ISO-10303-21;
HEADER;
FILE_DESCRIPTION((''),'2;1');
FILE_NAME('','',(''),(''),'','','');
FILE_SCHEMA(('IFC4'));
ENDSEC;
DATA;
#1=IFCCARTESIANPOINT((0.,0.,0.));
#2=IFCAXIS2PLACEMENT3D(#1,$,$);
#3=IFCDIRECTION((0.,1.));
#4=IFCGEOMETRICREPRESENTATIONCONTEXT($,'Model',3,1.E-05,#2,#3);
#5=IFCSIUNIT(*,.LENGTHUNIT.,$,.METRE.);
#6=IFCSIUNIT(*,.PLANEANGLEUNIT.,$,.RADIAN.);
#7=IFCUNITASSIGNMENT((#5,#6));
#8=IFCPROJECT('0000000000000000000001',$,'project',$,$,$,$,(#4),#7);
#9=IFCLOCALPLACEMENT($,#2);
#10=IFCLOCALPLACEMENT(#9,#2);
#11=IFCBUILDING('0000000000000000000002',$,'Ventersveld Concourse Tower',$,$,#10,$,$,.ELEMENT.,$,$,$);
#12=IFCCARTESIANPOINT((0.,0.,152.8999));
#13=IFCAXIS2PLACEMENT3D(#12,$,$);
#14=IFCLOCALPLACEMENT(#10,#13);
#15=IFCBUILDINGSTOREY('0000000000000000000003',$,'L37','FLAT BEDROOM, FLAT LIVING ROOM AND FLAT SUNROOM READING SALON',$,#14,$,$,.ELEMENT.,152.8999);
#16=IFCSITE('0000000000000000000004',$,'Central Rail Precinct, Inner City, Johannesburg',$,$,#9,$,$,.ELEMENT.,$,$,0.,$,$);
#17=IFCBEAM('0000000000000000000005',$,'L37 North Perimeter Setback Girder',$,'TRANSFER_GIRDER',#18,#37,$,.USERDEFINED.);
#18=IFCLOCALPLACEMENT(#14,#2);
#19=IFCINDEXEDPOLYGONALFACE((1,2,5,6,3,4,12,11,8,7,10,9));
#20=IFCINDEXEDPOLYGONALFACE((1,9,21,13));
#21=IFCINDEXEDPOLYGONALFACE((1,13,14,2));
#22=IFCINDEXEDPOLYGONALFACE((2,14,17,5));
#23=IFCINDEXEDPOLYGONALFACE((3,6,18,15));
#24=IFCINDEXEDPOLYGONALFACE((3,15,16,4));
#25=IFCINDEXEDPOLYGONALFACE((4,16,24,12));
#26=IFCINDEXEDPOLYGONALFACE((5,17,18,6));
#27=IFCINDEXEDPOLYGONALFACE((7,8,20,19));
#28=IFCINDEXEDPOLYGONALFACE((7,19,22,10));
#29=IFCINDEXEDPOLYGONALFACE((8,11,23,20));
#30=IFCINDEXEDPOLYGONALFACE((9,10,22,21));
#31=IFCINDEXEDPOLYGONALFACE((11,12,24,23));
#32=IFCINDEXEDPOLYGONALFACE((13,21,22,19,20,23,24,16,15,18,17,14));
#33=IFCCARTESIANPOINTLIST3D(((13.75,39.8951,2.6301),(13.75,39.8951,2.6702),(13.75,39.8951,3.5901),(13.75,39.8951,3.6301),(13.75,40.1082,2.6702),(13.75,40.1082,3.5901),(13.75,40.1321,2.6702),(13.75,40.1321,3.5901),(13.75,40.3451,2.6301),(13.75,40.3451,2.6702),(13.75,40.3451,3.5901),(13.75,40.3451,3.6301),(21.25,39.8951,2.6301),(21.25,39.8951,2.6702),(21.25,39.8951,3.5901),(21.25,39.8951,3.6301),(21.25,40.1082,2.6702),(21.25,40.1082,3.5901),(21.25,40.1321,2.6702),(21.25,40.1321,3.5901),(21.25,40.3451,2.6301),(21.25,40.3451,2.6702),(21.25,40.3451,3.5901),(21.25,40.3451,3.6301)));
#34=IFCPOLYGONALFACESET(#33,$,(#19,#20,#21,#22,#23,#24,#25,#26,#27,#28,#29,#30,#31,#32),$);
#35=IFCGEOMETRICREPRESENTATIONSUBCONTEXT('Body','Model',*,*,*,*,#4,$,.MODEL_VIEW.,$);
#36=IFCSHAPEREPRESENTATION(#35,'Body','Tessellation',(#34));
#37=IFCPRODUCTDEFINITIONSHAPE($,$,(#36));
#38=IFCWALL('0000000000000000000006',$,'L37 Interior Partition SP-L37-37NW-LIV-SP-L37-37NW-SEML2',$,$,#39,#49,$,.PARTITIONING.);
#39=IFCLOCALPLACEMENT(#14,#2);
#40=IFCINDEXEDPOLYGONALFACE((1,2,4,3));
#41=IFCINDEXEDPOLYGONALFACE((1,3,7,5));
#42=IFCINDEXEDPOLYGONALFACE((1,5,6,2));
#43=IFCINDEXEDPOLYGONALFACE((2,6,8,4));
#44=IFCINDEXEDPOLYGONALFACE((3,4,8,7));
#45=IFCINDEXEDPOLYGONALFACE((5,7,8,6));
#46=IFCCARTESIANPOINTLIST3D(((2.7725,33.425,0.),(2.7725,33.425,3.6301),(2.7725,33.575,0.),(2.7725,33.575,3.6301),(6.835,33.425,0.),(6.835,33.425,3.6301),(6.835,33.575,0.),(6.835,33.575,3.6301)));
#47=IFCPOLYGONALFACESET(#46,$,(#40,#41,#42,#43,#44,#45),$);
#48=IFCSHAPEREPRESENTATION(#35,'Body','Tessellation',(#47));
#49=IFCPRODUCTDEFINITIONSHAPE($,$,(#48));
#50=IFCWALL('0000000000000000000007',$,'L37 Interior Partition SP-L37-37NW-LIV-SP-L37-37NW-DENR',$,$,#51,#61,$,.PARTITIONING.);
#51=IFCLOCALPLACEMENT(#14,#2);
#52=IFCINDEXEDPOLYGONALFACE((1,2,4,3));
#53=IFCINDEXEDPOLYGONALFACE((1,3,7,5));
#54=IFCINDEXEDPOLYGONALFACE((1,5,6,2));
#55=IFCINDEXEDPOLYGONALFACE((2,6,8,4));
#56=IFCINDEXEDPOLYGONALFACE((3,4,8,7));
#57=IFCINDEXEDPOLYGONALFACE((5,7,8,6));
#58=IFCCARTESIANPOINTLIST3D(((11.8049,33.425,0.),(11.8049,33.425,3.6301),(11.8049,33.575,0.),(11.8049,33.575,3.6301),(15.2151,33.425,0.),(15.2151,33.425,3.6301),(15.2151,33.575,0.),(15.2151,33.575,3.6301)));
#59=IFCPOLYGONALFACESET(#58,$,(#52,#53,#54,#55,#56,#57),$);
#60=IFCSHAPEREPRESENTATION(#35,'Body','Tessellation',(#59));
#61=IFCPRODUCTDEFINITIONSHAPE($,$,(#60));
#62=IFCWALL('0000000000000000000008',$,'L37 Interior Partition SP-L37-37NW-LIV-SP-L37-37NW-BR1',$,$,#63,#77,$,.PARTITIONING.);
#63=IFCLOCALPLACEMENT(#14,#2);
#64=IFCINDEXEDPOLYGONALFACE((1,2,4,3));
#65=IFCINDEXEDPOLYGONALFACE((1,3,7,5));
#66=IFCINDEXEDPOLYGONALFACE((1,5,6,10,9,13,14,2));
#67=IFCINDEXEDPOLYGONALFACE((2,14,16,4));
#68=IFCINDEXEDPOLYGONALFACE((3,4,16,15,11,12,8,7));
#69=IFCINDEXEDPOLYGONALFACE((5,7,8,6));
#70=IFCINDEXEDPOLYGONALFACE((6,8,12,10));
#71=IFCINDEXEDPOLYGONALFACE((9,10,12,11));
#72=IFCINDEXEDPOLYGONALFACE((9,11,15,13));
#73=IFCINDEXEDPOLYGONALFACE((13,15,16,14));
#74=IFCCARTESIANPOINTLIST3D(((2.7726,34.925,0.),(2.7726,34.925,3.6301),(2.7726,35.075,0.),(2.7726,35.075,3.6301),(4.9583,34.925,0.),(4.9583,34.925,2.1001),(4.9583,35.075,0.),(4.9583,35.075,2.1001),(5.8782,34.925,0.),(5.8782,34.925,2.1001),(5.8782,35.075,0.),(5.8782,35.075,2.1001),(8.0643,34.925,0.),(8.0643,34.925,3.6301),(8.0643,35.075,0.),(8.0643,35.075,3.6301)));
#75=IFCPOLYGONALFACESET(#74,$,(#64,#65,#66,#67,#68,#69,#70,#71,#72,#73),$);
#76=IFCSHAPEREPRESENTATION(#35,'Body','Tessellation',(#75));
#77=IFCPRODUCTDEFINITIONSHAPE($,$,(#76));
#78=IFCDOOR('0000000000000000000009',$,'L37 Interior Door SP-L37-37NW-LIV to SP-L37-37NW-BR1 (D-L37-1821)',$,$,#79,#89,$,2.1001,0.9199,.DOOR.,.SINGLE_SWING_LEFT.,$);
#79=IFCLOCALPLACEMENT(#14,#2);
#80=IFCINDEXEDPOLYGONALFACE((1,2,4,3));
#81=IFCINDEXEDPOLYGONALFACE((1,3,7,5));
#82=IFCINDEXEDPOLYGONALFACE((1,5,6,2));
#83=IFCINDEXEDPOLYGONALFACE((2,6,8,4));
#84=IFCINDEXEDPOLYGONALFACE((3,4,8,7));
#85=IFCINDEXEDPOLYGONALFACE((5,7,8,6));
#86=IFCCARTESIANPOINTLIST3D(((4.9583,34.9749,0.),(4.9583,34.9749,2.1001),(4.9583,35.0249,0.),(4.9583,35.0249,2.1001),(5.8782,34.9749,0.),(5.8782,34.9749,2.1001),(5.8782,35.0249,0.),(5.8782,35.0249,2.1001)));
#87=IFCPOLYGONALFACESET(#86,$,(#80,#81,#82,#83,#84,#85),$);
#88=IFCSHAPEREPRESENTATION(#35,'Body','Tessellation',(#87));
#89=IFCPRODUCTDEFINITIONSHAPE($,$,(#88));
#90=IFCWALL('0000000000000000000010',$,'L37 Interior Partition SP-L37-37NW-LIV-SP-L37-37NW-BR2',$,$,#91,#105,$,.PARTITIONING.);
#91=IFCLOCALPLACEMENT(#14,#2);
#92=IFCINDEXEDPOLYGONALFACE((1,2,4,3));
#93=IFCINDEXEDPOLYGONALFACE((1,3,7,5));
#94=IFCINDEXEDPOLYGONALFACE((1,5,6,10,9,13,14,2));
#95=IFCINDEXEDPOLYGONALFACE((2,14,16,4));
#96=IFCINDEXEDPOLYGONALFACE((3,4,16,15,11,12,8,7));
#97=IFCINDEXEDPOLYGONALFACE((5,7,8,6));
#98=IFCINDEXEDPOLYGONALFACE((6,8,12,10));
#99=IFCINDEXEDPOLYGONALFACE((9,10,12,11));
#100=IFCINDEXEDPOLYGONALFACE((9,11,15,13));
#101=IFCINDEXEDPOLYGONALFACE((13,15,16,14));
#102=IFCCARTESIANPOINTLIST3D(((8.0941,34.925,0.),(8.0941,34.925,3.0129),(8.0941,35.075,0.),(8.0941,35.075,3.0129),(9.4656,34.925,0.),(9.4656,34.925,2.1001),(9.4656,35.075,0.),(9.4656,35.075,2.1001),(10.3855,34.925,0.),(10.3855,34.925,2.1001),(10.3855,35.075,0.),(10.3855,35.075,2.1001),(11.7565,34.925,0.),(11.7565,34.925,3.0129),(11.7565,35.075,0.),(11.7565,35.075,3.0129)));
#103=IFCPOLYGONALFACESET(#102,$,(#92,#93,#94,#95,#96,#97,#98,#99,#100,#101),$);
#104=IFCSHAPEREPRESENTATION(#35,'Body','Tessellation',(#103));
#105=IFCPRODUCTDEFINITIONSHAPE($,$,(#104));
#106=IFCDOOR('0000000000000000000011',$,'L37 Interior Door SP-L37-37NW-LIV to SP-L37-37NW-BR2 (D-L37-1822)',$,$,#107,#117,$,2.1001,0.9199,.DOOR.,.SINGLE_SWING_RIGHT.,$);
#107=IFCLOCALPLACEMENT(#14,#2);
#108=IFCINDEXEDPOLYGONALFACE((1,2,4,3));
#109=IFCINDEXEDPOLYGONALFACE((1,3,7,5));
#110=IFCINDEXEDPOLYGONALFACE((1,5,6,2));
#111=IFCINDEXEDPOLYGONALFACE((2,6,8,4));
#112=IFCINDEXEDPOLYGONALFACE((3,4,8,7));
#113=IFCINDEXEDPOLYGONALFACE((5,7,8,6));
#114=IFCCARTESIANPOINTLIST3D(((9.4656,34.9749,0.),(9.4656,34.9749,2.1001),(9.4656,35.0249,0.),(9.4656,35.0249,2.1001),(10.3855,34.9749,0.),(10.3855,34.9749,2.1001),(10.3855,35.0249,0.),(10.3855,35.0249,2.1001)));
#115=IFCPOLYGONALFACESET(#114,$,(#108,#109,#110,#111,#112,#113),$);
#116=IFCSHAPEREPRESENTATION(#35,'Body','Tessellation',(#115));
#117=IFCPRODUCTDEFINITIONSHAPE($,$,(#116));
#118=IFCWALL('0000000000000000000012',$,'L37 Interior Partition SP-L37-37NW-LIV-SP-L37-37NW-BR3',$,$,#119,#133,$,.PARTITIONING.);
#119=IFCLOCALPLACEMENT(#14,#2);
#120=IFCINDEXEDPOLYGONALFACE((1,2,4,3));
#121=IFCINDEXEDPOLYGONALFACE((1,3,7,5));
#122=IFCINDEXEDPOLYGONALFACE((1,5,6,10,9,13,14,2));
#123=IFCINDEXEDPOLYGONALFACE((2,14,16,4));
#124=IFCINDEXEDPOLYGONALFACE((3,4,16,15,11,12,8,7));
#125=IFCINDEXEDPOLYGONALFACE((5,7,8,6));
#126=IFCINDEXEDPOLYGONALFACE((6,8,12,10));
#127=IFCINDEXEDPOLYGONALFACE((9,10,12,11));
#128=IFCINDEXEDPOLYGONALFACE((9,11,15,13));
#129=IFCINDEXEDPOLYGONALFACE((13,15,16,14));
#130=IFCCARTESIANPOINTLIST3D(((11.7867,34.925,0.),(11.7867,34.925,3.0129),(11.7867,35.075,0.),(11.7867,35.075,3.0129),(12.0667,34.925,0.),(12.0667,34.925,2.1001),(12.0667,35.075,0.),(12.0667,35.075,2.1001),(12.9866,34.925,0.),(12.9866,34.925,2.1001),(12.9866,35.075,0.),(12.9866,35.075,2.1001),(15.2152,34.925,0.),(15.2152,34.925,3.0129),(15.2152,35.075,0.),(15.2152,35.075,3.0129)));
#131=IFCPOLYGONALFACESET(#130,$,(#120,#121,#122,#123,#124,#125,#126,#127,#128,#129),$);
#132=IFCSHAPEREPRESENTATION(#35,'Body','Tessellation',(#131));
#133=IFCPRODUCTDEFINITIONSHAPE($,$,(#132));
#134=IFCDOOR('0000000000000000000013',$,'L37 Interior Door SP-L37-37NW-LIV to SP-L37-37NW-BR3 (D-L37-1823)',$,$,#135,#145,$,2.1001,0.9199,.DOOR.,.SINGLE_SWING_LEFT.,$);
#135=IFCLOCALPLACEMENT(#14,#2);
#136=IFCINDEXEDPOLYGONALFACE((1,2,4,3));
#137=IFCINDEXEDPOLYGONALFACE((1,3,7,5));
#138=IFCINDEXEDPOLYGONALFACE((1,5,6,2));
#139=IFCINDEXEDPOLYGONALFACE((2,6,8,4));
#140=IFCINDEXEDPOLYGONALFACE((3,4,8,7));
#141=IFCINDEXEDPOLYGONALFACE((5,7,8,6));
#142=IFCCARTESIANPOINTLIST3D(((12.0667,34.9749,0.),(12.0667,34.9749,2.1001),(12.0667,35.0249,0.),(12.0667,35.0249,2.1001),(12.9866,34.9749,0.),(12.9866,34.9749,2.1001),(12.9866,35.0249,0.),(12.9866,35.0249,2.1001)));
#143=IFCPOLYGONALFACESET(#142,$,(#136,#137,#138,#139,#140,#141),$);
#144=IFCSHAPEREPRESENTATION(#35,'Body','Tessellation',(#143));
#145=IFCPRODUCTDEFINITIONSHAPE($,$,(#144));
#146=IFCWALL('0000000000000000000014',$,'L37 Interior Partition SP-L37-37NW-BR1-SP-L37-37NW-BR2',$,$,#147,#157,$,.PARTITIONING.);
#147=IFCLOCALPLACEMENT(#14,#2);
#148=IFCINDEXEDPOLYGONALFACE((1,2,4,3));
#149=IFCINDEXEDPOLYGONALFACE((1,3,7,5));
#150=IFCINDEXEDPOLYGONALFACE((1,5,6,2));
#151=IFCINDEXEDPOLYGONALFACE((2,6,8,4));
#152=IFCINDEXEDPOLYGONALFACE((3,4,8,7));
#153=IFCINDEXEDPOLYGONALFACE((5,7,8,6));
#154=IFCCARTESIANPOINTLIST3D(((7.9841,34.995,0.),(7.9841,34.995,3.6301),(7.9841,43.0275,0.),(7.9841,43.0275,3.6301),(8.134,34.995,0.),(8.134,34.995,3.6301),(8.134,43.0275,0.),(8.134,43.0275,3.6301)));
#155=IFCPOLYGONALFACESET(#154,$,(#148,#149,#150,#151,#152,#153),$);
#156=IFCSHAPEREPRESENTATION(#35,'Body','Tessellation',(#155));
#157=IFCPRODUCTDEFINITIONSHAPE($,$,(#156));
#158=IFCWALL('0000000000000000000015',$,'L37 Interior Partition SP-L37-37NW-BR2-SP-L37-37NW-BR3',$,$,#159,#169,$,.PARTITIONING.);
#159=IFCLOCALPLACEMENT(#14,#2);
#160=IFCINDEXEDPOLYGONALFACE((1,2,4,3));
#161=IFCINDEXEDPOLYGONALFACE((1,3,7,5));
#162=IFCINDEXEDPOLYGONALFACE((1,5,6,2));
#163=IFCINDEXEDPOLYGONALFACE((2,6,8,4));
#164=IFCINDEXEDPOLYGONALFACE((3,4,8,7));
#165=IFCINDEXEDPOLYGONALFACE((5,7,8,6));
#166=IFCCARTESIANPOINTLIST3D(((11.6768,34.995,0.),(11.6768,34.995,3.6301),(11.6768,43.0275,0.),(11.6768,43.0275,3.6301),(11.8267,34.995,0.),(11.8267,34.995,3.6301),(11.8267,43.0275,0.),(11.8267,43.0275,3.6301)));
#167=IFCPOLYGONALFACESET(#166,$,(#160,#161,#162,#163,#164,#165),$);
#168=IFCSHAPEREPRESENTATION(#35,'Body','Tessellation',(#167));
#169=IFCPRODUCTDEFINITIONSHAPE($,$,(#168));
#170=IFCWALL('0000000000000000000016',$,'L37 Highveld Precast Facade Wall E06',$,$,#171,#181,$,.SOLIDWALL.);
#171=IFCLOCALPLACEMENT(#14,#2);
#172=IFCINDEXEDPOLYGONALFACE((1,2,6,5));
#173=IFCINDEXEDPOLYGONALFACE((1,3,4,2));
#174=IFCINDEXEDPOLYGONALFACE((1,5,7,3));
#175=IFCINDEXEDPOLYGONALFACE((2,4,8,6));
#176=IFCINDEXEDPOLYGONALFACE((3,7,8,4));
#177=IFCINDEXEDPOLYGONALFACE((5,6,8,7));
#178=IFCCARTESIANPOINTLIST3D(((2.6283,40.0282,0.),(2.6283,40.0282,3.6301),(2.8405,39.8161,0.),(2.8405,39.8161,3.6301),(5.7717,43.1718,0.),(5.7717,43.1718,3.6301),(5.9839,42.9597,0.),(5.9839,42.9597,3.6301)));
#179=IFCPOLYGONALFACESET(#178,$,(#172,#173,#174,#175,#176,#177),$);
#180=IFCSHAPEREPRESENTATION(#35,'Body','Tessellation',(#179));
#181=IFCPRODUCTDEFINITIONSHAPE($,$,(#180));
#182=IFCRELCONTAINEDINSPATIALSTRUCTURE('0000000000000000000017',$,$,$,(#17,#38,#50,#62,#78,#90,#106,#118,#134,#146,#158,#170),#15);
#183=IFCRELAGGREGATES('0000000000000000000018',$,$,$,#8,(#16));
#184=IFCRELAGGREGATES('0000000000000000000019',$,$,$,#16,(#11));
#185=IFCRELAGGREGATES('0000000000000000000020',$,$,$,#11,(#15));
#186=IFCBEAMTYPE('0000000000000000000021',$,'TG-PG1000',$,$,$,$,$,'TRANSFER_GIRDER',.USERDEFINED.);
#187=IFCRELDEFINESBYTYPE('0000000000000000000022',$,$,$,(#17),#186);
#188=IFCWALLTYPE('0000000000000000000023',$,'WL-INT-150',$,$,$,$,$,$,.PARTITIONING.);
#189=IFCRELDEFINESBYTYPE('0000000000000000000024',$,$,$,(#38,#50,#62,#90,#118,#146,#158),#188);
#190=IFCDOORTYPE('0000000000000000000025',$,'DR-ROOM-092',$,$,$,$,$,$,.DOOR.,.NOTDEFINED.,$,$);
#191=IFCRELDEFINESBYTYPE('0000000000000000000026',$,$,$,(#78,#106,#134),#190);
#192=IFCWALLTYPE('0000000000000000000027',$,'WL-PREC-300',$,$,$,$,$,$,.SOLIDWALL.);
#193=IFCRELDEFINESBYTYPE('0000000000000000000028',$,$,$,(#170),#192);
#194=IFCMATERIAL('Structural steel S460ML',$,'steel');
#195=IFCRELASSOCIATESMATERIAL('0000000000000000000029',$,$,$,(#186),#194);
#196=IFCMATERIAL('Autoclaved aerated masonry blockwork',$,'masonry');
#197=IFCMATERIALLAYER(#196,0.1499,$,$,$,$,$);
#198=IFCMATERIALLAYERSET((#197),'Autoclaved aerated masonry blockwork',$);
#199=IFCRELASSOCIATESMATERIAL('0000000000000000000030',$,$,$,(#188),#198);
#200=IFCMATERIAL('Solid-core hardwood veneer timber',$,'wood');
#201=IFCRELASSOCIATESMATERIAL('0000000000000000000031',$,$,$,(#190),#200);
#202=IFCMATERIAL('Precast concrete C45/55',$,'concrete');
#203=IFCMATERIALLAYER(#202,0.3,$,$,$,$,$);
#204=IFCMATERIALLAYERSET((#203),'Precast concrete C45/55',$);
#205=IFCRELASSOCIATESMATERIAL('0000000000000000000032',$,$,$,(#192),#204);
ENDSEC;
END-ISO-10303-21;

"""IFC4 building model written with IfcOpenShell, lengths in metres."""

from ifc_helpers import new_model, si_unit, direction, frame, frame_2d, origin, origin_2d, place, context, subcontext, project, spatial, rectangle, i_section, extrude, material, layer, layer_set, material_profile, profile_set, type_object, element, fill, save


model = new_model("IFC4")

# Units and contexts
model_context = context("Model", 3, precision=1e-05, world=origin(), true_north=direction((0.0, 1.0)))
body_context = subcontext(model_context, "Body", "Model", "MODEL_VIEW")
ifc_project = project(units=[si_unit("LENGTHUNIT", "METRE"), si_unit("PLANEANGLEUNIT", "RADIAN")], contexts=[model_context])

# Site, building, storey
site_placement = place(None, origin())
site = spatial("IfcSite", under=ifc_project, at=site_placement, Name="Central Rail Precinct, Inner City, Johannesburg", CompositionType="ELEMENT", RefElevation=0.0)
building_placement = place(site_placement, origin())
building = spatial("IfcBuilding", under=site, at=building_placement, Name="Ventersveld Concourse Tower", CompositionType="ELEMENT")
storey_placement = place(building_placement, frame((0.0, 0.0, 152.8999)))
storey = spatial("IfcBuildingStorey", under=building, at=storey_placement, Name="L37", Description="FLAT BEDROOM, FLAT LIVING ROOM AND FLAT SUNROOM READING SALON", CompositionType="ELEMENT", Elevation=152.8999)

# Shared definitions
ifc_material_1 = material(Name="Structural steel S460ML", Category="steel")

# Beam
ifc_material_profile_1 = material_profile(ifc_material_1, i_section(OverallWidth=0.45, OverallDepth=1.0, WebThickness=0.0239, FlangeThickness=0.04, at=origin_2d()), Name="PG 1000x450x40")
ifc_profile_set_1 = profile_set([ifc_material_profile_1], Name="Structural steel S460ML")
beam_type_1 = type_object("IfcBeamType", Name="TG-PG1000", ElementType="TRANSFER_GIRDER", PredefinedType="USERDEFINED", material=ifc_profile_set_1)
beam_1_placement = place(storey_placement, frame((13.75, 40.1201, 3.1301), z_axis=(1.0, 0.0, 0.0), x_axis=(0.0, 1.0, 0.0)))
element("IfcBeam", 1, at=beam_1_placement, inside=storey, type_object=beam_type_1, Name="L37 North Perimeter Setback Girder", ObjectType="TRANSFER_GIRDER", PredefinedType="USERDEFINED", context=body_context, shape_type="SweptSolid", body=[
    extrude(i_section(OverallWidth=0.45, OverallDepth=1.0, WebThickness=0.0239, FlangeThickness=0.04, at=origin_2d()), origin(), (0.0, 0.0, 1.0), 7.5),
])

# Walls
ifc_material_2 = material(Name="Autoclaved aerated masonry blockwork", Category="masonry")
ifc_layer_1 = layer(ifc_material_2, 0.1499)
ifc_layer_set_1 = layer_set([ifc_layer_1], Name="Autoclaved aerated masonry blockwork")
wall_type_1 = type_object("IfcWallType", Name="WL-INT-150", PredefinedType="PARTITIONING", material=ifc_layer_set_1)
wall_1_placement = place(storey_placement, frame((2.7725, 33.5, 0.0), z_axis=(0.0, 0.0, 1.0), x_axis=(1.0, 0.0, 0.0)))
element("IfcWall", 2, at=wall_1_placement, inside=storey, type_object=wall_type_1, Name="L37 Interior Partition SP-L37-37NW-LIV-SP-L37-37NW-SEML2", PredefinedType="PARTITIONING", context=body_context, shape_type="SweptSolid", body=[
    extrude(rectangle(XDim=4.0625, YDim=0.1499, at=frame_2d((2.0312, 0.0))), origin(), (0.0, 0.0, 1.0), 3.6301),
])
wall_2_placement = place(storey_placement, frame((11.8049, 33.5, 0.0), z_axis=(0.0, 0.0, 1.0), x_axis=(1.0, 0.0, 0.0)))
element("IfcWall", 3, at=wall_2_placement, inside=storey, type_object=wall_type_1, Name="L37 Interior Partition SP-L37-37NW-LIV-SP-L37-37NW-DENR", PredefinedType="PARTITIONING", context=body_context, shape_type="SweptSolid", body=[
    extrude(rectangle(XDim=3.4102, YDim=0.1499, at=frame_2d((1.7051, 0.0))), origin(), (0.0, 0.0, 1.0), 3.6301),
])

# Walls, openings, doors
wall_3_placement = place(storey_placement, frame((2.7725, 35.0, 0.0), z_axis=(0.0, 0.0, 1.0), x_axis=(1.0, 0.0, 0.0)))
wall_3 = element("IfcWall", 4, at=wall_3_placement, inside=storey, type_object=wall_type_1, Name="L37 Interior Partition SP-L37-37NW-LIV-SP-L37-37NW-BR1", PredefinedType="PARTITIONING", context=body_context, shape_type="SweptSolid", body=[
    extrude(rectangle(XDim=5.2917, YDim=0.1499, at=frame_2d((2.646, 0.0))), origin(), (0.0, 0.0, 1.0), 3.6301),
])
opening_1_placement = place(wall_3_placement, frame((2.1858, 0.0, 0.0)))
opening_1 = element("IfcOpeningElement", 5, at=opening_1_placement, cuts=wall_3, PredefinedType="OPENING", context=body_context, shape_type="SweptSolid", body=[
    extrude(rectangle(XDim=0.9199, YDim=2.1001, at=frame_2d((0.46, 1.05))), frame((0.0, 0.085, 0.0), z_axis=(0.0, -1.0, 0.0), x_axis=(1.0, 0.0, 0.0)), (0.0, 0.0, 1.0), 0.1699),
])
ifc_material_3 = material(Name="Solid-core hardwood veneer timber", Category="wood")
door_type = type_object("IfcDoorType", Name="DR-ROOM-092", OperationType="NOTDEFINED", PredefinedType="DOOR", material=ifc_material_3)
door_1_placement = place(opening_1_placement, origin())
door_1 = element("IfcDoor", 6, at=door_1_placement, inside=storey, type_object=door_type, Name="L37 Interior Door SP-L37-37NW-LIV to SP-L37-37NW-BR1 (D-L37-1821)", OperationType="SINGLE_SWING_LEFT", OverallHeight=2.1001, OverallWidth=0.9199, PredefinedType="DOOR", context=body_context, shape_type="SweptSolid", body=[
    extrude(rectangle(XDim=0.9199, YDim=2.1001, at=frame_2d((0.46, 1.05))), frame((0.0, 0.0249, 0.0), z_axis=(0.0, -1.0, 0.0), x_axis=(1.0, 0.0, 0.0)), (0.0, 0.0, 1.0), 0.05),
])
fill(opening_1, door_1)
wall_4_placement = place(storey_placement, frame((8.0942, 35.0, 0.0), z_axis=(0.0, 0.0, 1.0), x_axis=(1.0, 0.0, 0.0)))
wall_4 = element("IfcWall", 7, at=wall_4_placement, inside=storey, type_object=wall_type_1, Name="L37 Interior Partition SP-L37-37NW-LIV-SP-L37-37NW-BR2", PredefinedType="PARTITIONING", context=body_context, shape_type="SweptSolid", body=[
    extrude(rectangle(XDim=3.6624, YDim=0.1499, at=frame_2d((1.8311, 0.0))), origin(), (0.0, 0.0, 1.0), 3.0129),
])
opening_2_placement = place(wall_4_placement, frame((1.3713, 0.0, 0.0)))
opening_2 = element("IfcOpeningElement", 8, at=opening_2_placement, cuts=wall_4, PredefinedType="OPENING", context=body_context, shape_type="SweptSolid", body=[
    extrude(rectangle(XDim=0.9199, YDim=2.1001, at=frame_2d((0.46, 1.05))), frame((0.0, 0.085, 0.0), z_axis=(0.0, -1.0, 0.0), x_axis=(1.0, 0.0, 0.0)), (0.0, 0.0, 1.0), 0.1699),
])
door_2_placement = place(opening_2_placement, origin())
door_2 = element("IfcDoor", 9, at=door_2_placement, inside=storey, type_object=door_type, Name="L37 Interior Door SP-L37-37NW-LIV to SP-L37-37NW-BR2 (D-L37-1822)", OperationType="SINGLE_SWING_RIGHT", OverallHeight=2.1001, OverallWidth=0.9199, PredefinedType="DOOR", context=body_context, shape_type="SweptSolid", body=[
    extrude(rectangle(XDim=0.9199, YDim=2.1001, at=frame_2d((0.46, 1.05))), frame((0.0, 0.0249, 0.0), z_axis=(0.0, -1.0, 0.0), x_axis=(1.0, 0.0, 0.0)), (0.0, 0.0, 1.0), 0.05),
])
fill(opening_2, door_2)
wall_5_placement = place(storey_placement, frame((11.7866, 35.0, 0.0), z_axis=(0.0, 0.0, 1.0), x_axis=(1.0, 0.0, 0.0)))
wall_5 = element("IfcWall", 10, at=wall_5_placement, inside=storey, type_object=wall_type_1, Name="L37 Interior Partition SP-L37-37NW-LIV-SP-L37-37NW-BR3", PredefinedType="PARTITIONING", context=body_context, shape_type="SweptSolid", body=[
    extrude(rectangle(XDim=3.4285, YDim=0.1499, at=frame_2d((1.7144, 0.0))), origin(), (0.0, 0.0, 1.0), 3.0129),
])
opening_3_placement = place(wall_5_placement, frame((0.28, 0.0, 0.0)))
opening_3 = element("IfcOpeningElement", 11, at=opening_3_placement, cuts=wall_5, PredefinedType="OPENING", context=body_context, shape_type="SweptSolid", body=[
    extrude(rectangle(XDim=0.9199, YDim=2.1001, at=frame_2d((0.46, 1.05))), frame((0.0, 0.085, 0.0), z_axis=(0.0, -1.0, 0.0), x_axis=(1.0, 0.0, 0.0)), (0.0, 0.0, 1.0), 0.1699),
])
door_3_placement = place(opening_3_placement, origin())
door_3 = element("IfcDoor", 12, at=door_3_placement, inside=storey, type_object=door_type, Name="L37 Interior Door SP-L37-37NW-LIV to SP-L37-37NW-BR3 (D-L37-1823)", OperationType="SINGLE_SWING_LEFT", OverallHeight=2.1001, OverallWidth=0.9199, PredefinedType="DOOR", context=body_context, shape_type="SweptSolid", body=[
    extrude(rectangle(XDim=0.9199, YDim=2.1001, at=frame_2d((0.46, 1.05))), frame((0.0, 0.0249, 0.0), z_axis=(0.0, -1.0, 0.0), x_axis=(1.0, 0.0, 0.0)), (0.0, 0.0, 1.0), 0.05),
])
fill(opening_3, door_3)

# Walls
for number, where, z_axis, x_axis, name in (
    (13, (8.0591, 34.9951, 0.0), (0.0, 0.0, 1.0), (0.0, 1.0, 0.0), "L37 Interior Partition SP-L37-37NW-BR1-SP-L37-37NW-BR2"),
    (14, (11.7517, 34.9951, 0.0), (0.0, 0.0, 1.0), (0.0, 1.0, 0.0), "L37 Interior Partition SP-L37-37NW-BR2-SP-L37-37NW-BR3"),
):
    element("IfcWall", number, at=place(storey_placement, frame(where, z_axis=z_axis, x_axis=x_axis)), inside=storey, type_object=wall_type_1, Name=name, PredefinedType="PARTITIONING", context=body_context, shape_type="SweptSolid", body=[
        extrude(rectangle(XDim=8.0325, YDim=0.1499, at=frame_2d((4.0161, 0.0))), origin(), (0.0, 0.0, 1.0), 3.6301),
    ])
ifc_material_4 = material(Name="Precast concrete C45/55", Category="concrete")
ifc_layer_2 = layer(ifc_material_4, 0.3)
ifc_layer_set_2 = layer_set([ifc_layer_2], Name="Precast concrete C45/55")
wall_type_2 = type_object("IfcWallType", Name="WL-PREC-300", PredefinedType="SOLIDWALL", material=ifc_layer_set_2)
wall_6_placement = place(storey_placement, frame((5.8777, 43.0657, 0.0), z_axis=(0.0, 0.0, 1.0), x_axis=(-0.707079, -0.707134, 0.0)))
element("IfcWall", 15, at=wall_6_placement, inside=storey, type_object=wall_type_2, Name="L37 Highveld Precast Facade Wall E06", PredefinedType="SOLIDWALL", context=body_context, shape_type="SweptSolid", body=[
    extrude(rectangle(XDim=4.4456, YDim=0.3, at=frame_2d((2.2227, 0.0))), origin(), (0.0, 0.0, 1.0), 3.6301),
])

save(model, "model.ifc")
